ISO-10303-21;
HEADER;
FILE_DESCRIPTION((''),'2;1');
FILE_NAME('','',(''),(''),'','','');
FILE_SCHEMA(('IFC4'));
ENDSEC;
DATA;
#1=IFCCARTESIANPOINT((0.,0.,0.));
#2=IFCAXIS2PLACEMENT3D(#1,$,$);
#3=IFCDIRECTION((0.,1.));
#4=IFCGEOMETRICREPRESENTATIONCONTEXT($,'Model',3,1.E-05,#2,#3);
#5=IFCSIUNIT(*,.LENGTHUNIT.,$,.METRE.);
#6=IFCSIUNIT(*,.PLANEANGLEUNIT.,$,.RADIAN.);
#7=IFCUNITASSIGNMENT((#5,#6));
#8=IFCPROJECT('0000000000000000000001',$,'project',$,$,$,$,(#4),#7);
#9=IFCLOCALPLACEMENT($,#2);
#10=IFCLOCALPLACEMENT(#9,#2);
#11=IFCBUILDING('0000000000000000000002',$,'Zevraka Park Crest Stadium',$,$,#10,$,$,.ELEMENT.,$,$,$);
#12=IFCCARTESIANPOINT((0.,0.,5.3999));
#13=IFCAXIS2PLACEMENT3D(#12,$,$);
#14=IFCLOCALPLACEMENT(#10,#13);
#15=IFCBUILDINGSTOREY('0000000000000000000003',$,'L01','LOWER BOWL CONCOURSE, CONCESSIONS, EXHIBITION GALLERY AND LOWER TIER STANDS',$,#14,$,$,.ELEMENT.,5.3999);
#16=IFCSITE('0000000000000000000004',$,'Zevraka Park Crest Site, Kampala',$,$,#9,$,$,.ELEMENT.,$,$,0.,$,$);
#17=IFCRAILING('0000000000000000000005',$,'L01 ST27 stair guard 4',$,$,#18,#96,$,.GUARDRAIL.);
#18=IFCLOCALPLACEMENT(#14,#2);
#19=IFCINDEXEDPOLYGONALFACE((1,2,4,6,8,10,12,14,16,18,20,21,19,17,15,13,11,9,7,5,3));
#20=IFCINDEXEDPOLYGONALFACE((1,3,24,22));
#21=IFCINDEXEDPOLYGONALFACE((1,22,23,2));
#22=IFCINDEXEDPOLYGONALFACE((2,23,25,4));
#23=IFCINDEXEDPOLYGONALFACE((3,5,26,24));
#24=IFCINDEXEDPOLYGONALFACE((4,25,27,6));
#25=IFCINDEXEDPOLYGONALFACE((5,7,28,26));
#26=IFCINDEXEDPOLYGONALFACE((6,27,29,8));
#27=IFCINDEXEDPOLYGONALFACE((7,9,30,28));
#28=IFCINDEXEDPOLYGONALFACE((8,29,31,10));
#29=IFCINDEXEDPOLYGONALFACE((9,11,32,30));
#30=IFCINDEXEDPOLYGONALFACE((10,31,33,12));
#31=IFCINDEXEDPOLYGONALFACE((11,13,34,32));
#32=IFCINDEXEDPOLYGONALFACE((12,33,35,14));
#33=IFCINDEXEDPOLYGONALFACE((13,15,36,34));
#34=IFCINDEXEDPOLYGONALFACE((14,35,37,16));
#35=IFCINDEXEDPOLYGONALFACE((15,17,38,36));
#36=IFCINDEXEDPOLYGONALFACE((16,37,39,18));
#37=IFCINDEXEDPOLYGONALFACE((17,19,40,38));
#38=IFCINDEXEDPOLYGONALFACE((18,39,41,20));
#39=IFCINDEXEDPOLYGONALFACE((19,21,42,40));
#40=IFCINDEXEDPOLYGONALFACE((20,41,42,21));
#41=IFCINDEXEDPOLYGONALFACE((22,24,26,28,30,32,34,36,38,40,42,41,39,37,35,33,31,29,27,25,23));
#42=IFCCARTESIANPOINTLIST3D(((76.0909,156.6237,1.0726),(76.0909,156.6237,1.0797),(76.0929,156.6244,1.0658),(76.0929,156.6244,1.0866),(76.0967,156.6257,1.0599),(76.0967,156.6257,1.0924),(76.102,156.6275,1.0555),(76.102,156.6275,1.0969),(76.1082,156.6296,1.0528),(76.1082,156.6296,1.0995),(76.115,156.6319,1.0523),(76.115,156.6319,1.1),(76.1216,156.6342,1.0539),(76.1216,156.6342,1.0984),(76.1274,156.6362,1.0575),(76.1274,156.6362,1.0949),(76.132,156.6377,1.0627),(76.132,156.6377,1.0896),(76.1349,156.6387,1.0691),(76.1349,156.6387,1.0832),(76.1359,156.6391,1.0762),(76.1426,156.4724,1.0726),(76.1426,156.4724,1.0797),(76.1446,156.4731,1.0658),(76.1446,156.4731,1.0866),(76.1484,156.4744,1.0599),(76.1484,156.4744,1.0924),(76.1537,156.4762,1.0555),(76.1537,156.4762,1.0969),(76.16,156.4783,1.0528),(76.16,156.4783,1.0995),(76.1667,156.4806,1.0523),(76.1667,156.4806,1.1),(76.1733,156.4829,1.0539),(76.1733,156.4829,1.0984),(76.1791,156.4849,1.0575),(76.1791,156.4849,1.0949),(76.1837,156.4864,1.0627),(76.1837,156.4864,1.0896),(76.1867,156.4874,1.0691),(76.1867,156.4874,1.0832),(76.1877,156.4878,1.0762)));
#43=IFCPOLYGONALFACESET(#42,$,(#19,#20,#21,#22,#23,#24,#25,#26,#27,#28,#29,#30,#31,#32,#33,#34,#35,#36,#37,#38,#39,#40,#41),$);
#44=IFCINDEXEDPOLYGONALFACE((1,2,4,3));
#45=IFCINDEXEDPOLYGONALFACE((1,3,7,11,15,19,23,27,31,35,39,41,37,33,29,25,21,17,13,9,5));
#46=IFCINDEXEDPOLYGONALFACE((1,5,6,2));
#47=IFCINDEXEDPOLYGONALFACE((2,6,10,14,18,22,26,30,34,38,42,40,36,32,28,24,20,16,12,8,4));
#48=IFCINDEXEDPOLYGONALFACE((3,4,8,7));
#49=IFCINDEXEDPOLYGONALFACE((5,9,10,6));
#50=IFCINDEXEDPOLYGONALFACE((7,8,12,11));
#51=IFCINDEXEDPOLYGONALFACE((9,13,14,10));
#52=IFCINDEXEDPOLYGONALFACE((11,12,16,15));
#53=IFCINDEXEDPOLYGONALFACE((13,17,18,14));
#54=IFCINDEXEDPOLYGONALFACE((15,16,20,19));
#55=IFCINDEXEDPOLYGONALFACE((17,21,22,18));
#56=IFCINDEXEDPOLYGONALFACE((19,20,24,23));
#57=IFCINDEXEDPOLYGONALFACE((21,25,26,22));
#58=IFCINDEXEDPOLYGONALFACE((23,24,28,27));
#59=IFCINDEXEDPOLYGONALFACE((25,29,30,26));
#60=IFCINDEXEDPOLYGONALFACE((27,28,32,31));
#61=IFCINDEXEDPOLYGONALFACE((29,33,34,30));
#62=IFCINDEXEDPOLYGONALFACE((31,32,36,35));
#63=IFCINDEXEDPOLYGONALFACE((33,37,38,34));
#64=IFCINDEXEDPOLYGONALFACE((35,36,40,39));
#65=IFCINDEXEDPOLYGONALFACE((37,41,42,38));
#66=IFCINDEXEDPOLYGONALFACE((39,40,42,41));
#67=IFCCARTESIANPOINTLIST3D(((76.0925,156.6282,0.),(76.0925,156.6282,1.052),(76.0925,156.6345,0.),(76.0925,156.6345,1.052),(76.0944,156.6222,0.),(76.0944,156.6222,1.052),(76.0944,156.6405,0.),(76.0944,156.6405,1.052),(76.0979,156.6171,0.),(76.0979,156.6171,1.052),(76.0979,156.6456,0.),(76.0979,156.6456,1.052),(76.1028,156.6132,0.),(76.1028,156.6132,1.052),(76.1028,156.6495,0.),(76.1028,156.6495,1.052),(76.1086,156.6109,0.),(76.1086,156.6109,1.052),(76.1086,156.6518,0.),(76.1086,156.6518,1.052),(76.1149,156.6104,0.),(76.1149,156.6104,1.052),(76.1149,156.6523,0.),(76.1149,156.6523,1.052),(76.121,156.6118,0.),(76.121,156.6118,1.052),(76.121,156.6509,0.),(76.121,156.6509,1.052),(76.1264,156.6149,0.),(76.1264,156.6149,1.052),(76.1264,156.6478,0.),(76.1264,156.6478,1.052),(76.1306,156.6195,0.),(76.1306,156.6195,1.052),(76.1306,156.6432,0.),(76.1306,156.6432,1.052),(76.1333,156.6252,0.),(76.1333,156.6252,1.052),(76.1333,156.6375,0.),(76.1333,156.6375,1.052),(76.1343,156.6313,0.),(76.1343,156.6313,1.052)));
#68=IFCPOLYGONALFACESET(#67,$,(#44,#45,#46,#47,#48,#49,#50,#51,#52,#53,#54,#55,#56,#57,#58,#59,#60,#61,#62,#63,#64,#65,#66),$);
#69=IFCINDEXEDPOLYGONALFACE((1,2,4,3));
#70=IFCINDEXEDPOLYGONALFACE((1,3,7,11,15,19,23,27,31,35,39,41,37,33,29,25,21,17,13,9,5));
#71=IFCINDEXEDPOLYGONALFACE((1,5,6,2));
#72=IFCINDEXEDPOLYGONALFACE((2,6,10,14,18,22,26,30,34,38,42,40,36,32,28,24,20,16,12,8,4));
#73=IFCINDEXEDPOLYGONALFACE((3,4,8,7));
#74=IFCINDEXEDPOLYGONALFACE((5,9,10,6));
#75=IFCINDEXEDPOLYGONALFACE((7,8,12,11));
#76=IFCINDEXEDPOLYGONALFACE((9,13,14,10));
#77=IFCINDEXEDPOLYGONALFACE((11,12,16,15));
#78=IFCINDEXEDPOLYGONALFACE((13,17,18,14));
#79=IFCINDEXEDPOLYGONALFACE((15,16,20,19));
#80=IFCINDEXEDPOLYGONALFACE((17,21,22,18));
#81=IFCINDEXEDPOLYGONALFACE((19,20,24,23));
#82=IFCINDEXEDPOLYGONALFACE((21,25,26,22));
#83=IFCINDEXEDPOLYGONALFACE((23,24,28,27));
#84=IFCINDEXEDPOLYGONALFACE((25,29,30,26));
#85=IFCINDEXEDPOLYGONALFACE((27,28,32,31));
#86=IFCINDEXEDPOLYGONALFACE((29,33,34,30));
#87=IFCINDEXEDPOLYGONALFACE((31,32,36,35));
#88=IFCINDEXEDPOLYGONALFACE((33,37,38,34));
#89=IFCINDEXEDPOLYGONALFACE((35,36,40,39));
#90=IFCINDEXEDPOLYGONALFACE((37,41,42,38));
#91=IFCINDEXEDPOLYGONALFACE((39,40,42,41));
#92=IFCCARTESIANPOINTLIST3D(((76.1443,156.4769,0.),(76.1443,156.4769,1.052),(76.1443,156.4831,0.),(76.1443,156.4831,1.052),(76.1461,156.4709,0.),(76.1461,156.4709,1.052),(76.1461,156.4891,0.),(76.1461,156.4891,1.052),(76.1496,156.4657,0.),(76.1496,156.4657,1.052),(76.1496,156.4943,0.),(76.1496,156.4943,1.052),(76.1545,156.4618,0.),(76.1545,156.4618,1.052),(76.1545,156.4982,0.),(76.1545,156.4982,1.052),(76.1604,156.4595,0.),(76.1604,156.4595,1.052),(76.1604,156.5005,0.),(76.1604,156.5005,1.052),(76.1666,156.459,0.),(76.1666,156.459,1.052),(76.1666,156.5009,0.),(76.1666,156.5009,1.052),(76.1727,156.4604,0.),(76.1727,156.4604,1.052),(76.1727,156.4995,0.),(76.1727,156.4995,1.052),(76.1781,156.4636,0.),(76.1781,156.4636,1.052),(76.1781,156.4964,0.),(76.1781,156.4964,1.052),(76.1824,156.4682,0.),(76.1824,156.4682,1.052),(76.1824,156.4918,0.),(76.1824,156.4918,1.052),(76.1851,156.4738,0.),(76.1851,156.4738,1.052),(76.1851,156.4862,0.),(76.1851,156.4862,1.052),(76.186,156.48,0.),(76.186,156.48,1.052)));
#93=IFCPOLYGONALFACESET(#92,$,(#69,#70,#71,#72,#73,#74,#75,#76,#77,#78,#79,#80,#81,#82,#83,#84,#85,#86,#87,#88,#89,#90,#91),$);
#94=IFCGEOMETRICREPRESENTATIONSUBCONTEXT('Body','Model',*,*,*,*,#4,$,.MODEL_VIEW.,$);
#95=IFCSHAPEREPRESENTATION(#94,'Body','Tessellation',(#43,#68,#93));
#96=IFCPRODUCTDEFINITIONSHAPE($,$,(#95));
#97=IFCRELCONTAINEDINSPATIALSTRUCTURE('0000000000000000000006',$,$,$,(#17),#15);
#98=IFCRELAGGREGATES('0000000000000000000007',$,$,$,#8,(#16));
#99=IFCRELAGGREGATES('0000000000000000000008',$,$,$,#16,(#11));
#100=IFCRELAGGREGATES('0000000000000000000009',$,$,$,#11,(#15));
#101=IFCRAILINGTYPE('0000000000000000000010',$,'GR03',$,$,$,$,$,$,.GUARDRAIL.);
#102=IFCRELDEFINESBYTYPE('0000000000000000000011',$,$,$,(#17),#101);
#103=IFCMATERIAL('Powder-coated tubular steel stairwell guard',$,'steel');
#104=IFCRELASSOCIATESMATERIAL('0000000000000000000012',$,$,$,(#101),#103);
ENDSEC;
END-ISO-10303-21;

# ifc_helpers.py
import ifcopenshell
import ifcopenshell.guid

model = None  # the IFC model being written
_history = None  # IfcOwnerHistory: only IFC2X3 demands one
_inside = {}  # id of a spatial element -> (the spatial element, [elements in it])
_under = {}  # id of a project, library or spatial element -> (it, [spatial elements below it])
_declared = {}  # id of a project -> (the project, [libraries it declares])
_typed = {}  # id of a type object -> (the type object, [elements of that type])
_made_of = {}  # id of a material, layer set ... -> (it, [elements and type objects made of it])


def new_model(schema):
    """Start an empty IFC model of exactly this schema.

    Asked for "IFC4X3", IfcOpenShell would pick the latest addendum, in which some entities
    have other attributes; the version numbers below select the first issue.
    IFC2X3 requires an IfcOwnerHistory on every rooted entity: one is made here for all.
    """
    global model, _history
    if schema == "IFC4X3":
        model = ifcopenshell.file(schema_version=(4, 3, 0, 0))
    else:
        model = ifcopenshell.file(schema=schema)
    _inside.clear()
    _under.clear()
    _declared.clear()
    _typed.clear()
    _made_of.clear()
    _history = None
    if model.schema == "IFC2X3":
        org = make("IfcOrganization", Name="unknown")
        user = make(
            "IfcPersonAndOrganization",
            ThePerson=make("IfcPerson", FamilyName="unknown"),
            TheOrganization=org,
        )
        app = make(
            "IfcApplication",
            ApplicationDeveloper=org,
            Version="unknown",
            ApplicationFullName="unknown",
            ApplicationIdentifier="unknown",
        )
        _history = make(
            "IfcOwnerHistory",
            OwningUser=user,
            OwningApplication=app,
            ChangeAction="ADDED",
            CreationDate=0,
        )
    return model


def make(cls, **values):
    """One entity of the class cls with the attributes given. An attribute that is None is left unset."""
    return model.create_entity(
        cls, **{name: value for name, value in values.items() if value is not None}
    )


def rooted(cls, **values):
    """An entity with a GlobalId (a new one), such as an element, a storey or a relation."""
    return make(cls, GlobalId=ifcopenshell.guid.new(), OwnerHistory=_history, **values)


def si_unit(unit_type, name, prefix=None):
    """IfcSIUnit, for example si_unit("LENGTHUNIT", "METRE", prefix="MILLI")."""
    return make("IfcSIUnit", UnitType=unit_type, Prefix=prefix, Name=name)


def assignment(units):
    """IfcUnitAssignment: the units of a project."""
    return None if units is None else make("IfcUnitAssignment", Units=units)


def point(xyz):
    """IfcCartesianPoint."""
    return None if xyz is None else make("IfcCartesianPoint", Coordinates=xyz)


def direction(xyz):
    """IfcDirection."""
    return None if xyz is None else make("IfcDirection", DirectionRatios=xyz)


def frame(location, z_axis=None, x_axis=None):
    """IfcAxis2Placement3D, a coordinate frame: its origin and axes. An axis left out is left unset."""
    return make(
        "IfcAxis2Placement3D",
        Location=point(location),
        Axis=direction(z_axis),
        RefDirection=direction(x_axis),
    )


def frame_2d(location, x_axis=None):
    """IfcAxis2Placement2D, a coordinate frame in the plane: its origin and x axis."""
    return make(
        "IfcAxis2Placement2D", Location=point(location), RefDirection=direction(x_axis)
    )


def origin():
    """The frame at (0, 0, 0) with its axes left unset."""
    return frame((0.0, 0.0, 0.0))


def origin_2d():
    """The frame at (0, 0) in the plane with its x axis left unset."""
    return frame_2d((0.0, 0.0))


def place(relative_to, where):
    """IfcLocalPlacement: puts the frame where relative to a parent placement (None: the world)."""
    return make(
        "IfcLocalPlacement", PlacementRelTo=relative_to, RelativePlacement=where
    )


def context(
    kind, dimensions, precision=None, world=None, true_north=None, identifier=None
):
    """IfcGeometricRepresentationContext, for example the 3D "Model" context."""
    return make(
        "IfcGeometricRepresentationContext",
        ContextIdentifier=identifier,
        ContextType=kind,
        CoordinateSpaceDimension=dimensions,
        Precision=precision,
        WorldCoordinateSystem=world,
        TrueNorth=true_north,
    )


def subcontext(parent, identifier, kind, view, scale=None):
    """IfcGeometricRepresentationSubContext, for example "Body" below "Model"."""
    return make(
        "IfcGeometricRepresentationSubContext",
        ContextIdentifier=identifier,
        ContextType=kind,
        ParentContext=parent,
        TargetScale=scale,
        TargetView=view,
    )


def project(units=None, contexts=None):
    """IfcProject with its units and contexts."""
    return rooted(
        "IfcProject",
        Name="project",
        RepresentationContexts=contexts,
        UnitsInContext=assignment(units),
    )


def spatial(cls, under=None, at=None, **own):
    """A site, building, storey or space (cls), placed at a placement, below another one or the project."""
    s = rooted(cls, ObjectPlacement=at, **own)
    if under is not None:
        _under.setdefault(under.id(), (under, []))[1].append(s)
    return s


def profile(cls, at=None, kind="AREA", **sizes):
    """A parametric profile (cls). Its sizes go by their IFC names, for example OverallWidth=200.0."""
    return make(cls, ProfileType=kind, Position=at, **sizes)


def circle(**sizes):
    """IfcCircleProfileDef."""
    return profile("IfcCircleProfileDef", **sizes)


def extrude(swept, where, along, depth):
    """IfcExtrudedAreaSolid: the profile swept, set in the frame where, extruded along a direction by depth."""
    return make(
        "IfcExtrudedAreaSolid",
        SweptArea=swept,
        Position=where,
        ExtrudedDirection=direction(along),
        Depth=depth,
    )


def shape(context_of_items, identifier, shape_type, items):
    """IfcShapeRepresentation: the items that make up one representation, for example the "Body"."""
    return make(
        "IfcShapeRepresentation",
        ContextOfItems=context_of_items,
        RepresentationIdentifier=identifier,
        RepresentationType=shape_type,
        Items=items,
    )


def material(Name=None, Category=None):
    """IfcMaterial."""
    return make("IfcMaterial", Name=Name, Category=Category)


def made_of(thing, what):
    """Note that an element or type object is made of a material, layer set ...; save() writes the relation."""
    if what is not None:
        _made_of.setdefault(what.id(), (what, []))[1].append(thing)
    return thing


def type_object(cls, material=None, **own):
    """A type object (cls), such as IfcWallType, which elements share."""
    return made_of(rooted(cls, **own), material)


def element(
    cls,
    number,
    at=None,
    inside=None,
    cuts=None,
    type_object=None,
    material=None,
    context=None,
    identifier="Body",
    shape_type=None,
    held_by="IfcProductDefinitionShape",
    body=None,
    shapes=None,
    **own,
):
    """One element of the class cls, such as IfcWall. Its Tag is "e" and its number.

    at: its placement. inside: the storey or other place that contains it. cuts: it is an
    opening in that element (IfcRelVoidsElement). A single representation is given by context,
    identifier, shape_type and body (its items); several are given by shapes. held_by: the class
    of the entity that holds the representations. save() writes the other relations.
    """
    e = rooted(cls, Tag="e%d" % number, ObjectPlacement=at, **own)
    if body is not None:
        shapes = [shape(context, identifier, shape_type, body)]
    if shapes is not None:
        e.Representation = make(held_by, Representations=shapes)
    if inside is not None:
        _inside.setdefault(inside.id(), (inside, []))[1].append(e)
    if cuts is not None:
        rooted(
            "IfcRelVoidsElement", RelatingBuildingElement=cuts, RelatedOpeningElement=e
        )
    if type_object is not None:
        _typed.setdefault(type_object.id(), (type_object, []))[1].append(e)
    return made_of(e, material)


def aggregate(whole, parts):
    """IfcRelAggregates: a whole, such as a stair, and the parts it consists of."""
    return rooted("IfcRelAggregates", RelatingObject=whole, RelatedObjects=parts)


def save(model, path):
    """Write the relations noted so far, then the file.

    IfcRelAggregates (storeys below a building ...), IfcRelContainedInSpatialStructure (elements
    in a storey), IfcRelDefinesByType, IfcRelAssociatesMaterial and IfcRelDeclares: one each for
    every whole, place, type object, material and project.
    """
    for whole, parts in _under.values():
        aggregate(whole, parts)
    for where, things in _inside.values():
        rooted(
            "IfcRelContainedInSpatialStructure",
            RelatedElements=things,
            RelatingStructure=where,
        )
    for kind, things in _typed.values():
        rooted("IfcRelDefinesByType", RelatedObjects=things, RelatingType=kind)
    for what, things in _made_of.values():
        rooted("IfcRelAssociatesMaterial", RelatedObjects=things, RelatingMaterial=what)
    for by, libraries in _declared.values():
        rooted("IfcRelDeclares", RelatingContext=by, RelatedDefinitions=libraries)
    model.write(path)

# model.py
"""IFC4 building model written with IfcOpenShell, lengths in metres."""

from ifc_helpers import new_model, si_unit, direction, frame, origin, origin_2d, place, context, subcontext, project, spatial, circle, extrude, material, type_object, element, save


model = new_model("IFC4")

# Units and contexts
model_context = context("Model", 3, precision=1e-05, world=origin(), true_north=direction((0.0, 1.0)))
body_context = subcontext(model_context, "Body", "Model", "MODEL_VIEW")
ifc_project = project(units=[si_unit("LENGTHUNIT", "METRE"), si_unit("PLANEANGLEUNIT", "RADIAN")], contexts=[model_context])

# Site, building, storey
site_placement = place(None, origin())
site = spatial("IfcSite", under=ifc_project, at=site_placement, Name="Zevraka Park Crest Site, Kampala", CompositionType="ELEMENT", RefElevation=0.0)
building_placement = place(site_placement, origin())
building = spatial("IfcBuilding", under=site, at=building_placement, Name="Zevraka Park Crest Stadium", CompositionType="ELEMENT")
storey_placement = place(building_placement, frame((0.0, 0.0, 5.3999)))
storey = spatial("IfcBuildingStorey", under=building, at=storey_placement, Name="L01", Description="LOWER BOWL CONCOURSE, CONCESSIONS, EXHIBITION GALLERY AND LOWER TIER STANDS", CompositionType="ELEMENT", Elevation=5.3999)

# Railing
ifc_material_1 = material(Name="Powder-coated tubular steel stairwell guard", Category="steel")
railing_type_1 = type_object("IfcRailingType", Name="GR03", PredefinedType="GUARDRAIL", material=ifc_material_1)
railing_1_placement = place(storey_placement, frame((76.1133, 156.6313, 0.0)))
element("IfcRailing", 1, at=railing_1_placement, inside=storey, type_object=railing_type_1, Name="L01 ST27 stair guard 4", PredefinedType="GUARDRAIL", context=body_context, shape_type="SweptSolid", body=[
    extrude(circle(Radius=0.0239, at=origin_2d()), frame((0.0, 0.0, 1.0762), z_axis=(0.323544, -0.946213, 0.0), x_axis=(0.946213, 0.323544, 0.0)), (0.0, 0.0, 1.0), 0.1599),
    extrude(circle(Radius=0.021, at=origin_2d()), origin(), (0.0, 0.0, 1.0), 1.052),
    extrude(circle(Radius=0.021, at=origin_2d()), frame((0.0518, -0.1514, 0.0)), (0.0, 0.0, 1.0), 1.052),
])

save(model, "model.ifc")
